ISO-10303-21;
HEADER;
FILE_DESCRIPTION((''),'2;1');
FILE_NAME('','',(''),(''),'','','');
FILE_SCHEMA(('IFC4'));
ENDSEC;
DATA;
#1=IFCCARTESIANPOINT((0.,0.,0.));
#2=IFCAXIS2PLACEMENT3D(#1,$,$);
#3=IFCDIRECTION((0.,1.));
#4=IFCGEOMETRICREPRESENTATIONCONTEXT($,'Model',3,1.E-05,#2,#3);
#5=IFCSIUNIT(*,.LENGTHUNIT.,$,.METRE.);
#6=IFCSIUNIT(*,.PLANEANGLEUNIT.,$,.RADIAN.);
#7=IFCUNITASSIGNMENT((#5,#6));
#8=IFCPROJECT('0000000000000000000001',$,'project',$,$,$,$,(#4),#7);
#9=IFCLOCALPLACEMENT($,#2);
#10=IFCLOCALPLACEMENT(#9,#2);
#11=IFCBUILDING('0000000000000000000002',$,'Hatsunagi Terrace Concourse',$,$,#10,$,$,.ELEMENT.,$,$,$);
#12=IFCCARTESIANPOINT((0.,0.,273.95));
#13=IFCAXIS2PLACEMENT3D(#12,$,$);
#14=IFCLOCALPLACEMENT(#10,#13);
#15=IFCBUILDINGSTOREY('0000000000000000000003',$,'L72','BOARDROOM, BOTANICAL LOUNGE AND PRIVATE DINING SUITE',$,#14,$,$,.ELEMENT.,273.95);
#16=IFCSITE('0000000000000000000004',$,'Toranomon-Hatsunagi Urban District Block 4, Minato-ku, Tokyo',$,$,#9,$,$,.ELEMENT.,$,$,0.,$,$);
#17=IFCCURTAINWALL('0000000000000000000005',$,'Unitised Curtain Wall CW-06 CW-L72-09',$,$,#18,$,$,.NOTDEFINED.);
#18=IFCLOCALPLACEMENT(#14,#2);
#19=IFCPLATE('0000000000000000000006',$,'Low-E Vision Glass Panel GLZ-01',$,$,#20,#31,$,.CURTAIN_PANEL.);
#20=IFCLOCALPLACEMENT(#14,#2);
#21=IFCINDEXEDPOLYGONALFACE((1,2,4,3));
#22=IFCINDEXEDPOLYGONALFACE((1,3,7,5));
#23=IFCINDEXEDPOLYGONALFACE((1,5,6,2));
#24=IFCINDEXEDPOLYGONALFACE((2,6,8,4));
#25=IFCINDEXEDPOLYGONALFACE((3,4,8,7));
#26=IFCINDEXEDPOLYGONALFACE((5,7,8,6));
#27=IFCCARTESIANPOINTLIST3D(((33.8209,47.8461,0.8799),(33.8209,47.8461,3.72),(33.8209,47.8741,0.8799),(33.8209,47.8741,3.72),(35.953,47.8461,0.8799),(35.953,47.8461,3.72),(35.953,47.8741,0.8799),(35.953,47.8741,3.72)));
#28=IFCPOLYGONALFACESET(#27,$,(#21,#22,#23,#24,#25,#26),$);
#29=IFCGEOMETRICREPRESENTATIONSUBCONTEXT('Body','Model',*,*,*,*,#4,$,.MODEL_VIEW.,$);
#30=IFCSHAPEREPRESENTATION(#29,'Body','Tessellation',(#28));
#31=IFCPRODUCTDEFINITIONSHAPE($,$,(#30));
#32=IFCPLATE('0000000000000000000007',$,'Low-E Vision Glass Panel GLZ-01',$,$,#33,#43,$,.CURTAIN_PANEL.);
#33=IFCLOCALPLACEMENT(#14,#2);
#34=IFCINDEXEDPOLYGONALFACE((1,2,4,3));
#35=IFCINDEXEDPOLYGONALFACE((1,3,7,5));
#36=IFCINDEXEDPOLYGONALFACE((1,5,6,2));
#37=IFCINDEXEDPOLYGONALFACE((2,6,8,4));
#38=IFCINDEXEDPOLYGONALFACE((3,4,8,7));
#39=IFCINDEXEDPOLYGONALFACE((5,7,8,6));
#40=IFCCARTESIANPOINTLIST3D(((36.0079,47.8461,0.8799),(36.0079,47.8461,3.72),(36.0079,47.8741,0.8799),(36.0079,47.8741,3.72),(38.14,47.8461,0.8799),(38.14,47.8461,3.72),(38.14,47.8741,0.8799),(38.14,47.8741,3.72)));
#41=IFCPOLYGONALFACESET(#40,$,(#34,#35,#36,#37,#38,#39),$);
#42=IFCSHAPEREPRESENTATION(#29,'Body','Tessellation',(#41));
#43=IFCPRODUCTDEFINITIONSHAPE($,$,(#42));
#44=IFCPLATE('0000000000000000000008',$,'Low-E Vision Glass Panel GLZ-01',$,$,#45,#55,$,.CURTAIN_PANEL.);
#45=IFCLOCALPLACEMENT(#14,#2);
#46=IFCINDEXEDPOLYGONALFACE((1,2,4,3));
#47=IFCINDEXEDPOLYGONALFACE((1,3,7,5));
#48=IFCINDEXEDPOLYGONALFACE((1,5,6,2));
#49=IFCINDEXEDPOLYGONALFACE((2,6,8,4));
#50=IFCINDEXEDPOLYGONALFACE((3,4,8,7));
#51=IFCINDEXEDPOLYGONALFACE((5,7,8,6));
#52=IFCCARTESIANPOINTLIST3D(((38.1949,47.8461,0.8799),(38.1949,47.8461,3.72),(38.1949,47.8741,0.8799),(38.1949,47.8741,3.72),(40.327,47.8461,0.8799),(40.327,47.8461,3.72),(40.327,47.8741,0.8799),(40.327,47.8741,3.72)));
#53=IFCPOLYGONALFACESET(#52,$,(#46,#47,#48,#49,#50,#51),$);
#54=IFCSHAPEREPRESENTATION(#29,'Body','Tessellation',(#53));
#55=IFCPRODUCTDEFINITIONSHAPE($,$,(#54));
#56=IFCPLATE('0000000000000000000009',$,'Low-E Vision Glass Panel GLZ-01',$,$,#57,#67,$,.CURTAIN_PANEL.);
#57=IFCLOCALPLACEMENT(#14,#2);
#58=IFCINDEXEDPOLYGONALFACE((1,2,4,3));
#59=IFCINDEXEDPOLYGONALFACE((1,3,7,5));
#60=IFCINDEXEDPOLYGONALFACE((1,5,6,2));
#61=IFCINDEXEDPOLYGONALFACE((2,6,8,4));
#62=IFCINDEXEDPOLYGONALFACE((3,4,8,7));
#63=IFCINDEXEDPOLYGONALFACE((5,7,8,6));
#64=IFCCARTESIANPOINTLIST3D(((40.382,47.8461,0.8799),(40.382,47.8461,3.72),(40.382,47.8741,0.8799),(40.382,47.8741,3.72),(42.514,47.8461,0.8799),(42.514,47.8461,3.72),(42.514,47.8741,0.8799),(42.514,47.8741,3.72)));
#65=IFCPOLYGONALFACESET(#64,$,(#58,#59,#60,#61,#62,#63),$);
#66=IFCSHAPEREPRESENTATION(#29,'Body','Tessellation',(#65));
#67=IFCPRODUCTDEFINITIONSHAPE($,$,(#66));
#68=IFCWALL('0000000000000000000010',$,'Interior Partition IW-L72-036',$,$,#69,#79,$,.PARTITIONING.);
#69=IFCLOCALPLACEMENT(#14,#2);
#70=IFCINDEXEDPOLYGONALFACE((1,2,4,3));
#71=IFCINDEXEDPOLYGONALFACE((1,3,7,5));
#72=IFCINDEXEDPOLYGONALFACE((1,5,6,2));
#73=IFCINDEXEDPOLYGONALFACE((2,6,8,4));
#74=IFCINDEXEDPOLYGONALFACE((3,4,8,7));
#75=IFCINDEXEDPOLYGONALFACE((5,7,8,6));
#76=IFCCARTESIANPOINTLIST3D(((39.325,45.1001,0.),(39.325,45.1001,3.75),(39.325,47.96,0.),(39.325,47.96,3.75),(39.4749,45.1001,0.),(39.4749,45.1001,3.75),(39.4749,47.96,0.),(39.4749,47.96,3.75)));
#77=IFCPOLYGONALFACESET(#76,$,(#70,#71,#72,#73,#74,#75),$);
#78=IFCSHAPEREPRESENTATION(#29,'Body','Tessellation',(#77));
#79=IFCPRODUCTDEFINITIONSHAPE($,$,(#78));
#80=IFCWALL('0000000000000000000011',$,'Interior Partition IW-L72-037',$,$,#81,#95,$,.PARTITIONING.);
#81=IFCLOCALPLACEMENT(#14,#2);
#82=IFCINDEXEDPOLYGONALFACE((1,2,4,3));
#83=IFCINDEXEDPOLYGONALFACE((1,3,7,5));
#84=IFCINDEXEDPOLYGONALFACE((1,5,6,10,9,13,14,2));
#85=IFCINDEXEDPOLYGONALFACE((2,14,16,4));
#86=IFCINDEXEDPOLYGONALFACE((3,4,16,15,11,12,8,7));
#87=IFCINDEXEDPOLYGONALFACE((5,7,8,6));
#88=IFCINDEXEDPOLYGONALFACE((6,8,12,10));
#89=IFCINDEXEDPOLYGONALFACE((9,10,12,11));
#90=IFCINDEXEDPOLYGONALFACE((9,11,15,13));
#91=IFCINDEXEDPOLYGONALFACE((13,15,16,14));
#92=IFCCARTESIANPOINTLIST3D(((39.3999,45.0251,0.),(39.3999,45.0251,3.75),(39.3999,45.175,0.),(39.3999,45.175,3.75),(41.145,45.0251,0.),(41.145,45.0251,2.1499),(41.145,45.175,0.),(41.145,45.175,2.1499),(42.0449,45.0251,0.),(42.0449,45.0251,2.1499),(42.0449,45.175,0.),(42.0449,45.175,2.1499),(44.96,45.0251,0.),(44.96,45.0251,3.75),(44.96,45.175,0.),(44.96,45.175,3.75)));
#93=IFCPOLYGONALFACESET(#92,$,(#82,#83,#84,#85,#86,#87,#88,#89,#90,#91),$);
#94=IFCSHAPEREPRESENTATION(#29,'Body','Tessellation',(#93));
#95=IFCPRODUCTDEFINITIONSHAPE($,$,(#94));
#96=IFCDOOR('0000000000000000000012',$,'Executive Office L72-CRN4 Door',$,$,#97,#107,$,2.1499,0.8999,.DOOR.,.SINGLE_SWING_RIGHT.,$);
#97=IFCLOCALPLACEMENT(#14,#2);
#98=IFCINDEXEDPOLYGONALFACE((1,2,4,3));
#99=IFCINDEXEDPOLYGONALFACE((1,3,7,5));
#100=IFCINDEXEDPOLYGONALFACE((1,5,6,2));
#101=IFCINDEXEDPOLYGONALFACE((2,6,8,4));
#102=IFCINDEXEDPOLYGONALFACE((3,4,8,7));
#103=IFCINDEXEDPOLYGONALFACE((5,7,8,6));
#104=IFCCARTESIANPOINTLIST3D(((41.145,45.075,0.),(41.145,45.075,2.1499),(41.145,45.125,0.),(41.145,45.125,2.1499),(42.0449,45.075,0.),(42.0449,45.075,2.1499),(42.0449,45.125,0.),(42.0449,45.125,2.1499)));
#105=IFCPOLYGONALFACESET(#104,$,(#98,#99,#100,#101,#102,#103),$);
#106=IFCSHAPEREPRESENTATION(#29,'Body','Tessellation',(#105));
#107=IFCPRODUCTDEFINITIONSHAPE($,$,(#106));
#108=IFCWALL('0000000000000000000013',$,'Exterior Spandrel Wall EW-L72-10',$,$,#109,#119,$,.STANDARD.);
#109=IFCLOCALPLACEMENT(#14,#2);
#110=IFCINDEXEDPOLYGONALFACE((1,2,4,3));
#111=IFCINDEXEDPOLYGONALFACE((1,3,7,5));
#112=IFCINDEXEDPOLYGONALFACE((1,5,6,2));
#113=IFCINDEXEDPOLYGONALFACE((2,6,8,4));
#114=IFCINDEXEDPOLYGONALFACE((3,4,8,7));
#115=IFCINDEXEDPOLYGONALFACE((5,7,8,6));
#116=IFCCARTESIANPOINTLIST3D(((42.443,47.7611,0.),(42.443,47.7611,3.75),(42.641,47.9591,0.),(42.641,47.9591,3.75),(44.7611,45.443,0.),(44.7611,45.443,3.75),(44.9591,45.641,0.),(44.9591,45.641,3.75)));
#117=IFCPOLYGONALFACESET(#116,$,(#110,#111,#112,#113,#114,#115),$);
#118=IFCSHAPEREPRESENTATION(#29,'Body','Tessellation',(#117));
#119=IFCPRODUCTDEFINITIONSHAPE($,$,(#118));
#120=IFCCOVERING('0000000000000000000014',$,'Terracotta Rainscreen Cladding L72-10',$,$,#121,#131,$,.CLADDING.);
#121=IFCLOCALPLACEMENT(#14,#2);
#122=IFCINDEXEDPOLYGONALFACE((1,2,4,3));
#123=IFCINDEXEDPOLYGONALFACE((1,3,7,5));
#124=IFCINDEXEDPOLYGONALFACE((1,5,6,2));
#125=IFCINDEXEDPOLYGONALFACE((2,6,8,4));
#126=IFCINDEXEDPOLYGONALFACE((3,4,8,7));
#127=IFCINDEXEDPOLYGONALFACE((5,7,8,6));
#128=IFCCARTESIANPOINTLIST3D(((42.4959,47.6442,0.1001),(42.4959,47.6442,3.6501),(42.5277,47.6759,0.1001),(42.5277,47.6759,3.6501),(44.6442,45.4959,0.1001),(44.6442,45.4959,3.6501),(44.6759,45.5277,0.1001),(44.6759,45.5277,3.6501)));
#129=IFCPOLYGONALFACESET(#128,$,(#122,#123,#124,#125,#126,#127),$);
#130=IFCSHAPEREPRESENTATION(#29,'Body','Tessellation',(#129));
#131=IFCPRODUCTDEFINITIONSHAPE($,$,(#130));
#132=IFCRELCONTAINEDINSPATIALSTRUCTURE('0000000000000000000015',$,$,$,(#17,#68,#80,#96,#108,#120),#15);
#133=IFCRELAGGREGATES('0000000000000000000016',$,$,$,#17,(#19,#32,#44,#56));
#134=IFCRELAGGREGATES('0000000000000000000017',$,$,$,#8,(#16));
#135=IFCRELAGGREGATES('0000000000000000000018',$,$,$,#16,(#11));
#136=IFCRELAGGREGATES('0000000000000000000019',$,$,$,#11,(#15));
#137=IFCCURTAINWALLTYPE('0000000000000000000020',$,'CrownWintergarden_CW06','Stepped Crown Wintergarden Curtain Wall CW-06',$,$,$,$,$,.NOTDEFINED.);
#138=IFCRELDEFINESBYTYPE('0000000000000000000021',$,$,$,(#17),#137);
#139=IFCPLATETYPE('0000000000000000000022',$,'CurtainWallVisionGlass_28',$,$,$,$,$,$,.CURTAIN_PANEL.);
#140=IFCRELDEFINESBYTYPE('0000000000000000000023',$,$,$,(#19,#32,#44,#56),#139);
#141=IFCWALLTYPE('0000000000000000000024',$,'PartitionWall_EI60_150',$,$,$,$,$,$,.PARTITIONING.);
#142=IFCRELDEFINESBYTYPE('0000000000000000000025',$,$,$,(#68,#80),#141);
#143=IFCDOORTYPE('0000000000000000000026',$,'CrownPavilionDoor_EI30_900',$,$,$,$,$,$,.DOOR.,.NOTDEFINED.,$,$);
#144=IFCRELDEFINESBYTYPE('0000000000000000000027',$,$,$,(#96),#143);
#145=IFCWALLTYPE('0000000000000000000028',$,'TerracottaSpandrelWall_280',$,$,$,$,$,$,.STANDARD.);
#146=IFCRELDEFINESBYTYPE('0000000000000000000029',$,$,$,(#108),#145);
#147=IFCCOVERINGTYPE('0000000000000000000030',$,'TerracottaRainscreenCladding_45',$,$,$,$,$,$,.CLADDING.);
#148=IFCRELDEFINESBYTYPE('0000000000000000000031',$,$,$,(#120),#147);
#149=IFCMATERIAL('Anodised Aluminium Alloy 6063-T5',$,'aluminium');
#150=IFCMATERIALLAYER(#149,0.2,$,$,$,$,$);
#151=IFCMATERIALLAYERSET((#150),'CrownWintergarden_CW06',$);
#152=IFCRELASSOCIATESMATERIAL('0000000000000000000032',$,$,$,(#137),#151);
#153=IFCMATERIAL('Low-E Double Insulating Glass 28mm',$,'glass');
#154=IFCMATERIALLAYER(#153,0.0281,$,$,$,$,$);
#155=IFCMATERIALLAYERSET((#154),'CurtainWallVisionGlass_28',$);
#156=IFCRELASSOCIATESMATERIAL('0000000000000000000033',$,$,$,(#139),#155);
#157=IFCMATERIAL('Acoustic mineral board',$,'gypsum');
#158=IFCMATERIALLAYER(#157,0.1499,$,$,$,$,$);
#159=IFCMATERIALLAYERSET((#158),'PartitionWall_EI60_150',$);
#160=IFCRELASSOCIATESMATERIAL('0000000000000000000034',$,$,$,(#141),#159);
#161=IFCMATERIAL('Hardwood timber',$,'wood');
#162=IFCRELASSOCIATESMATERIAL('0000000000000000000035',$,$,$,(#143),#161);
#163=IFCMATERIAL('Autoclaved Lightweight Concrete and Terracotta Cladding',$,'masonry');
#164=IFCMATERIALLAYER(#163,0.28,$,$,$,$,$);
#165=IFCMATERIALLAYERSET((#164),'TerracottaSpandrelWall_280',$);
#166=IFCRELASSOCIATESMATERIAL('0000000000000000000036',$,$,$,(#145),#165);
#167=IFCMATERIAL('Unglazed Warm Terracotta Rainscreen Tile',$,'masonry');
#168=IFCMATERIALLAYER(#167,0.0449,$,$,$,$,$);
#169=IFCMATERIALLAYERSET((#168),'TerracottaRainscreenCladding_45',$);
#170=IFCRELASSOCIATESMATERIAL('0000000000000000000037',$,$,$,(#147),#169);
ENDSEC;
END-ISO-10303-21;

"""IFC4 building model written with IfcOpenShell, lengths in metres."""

from ifc_helpers import new_model, si_unit, direction, frame, frame_2d, origin, origin_2d, place, context, subcontext, project, spatial, rectangle, extrude, material, layer, layer_set, type_object, element, fill, aggregate, save


model = new_model("IFC4")

# Units and contexts
model_context = context("Model", 3, precision=1e-05, world=origin(), true_north=direction((0.0, 1.0)))
body_context = subcontext(model_context, "Body", "Model", "MODEL_VIEW")
ifc_project = project(units=[si_unit("LENGTHUNIT", "METRE"), si_unit("PLANEANGLEUNIT", "RADIAN")], contexts=[model_context])

# Site, building, storey
site_placement = place(None, origin())
site = spatial("IfcSite", under=ifc_project, at=site_placement, Name="Toranomon-Hatsunagi Urban District Block 4, Minato-ku, Tokyo", CompositionType="ELEMENT", RefElevation=0.0)
building_placement = place(site_placement, origin())
building = spatial("IfcBuilding", under=site, at=building_placement, Name="Hatsunagi Terrace Concourse", CompositionType="ELEMENT")
storey_placement = place(building_placement, frame((0.0, 0.0, 273.95)))
storey = spatial("IfcBuildingStorey", under=building, at=storey_placement, Name="L72", Description="BOARDROOM, BOTANICAL LOUNGE AND PRIVATE DINING SUITE", CompositionType="ELEMENT", Elevation=273.95)

# Curtain wall
ifc_material_1 = material(Name="Anodised Aluminium Alloy 6063-T5", Category="aluminium")
ifc_layer_1 = layer(ifc_material_1, 0.2)
ifc_layer_set_1 = layer_set([ifc_layer_1], Name="CrownWintergarden_CW06")
curtain_wall_type = type_object("IfcCurtainWallType", Name="CrownWintergarden_CW06", Description="Stepped Crown Wintergarden Curtain Wall CW-06", PredefinedType="NOTDEFINED", material=ifc_layer_set_1)
curtain_wall_placement = place(storey_placement, origin())
curtain_wall = element("IfcCurtainWall", 1, at=curtain_wall_placement, inside=storey, type_object=curtain_wall_type, Name="Unitised Curtain Wall CW-06 CW-L72-09", PredefinedType="NOTDEFINED")

# Plates
ifc_material_2 = material(Name="Low-E Double Insulating Glass 28mm", Category="glass")
ifc_layer_2 = layer(ifc_material_2, 0.0281)
ifc_layer_set_2 = layer_set([ifc_layer_2], Name="CurtainWallVisionGlass_28")
plate_type_1 = type_object("IfcPlateType", Name="CurtainWallVisionGlass_28", PredefinedType="CURTAIN_PANEL", material=ifc_layer_set_2)
plate_1_placement = place(storey_placement, frame((34.887, 47.8601, 0.8799), z_axis=(0.0, 0.0, 1.0), x_axis=(1.0, 0.0, 0.0)))
plate_1 = element("IfcPlate", 2, at=plate_1_placement, type_object=plate_type_1, Name="Low-E Vision Glass Panel GLZ-01", PredefinedType="CURTAIN_PANEL", context=body_context, shape_type="SweptSolid", body=[
    extrude(rectangle(XDim=2.1321, YDim=0.0281, at=origin_2d()), origin(), (0.0, 0.0, 1.0), 2.8401),
])
plate_2_placement = place(storey_placement, frame((37.074, 47.8601, 0.8799), z_axis=(0.0, 0.0, 1.0), x_axis=(1.0, 0.0, 0.0)))
plate_2 = element("IfcPlate", 3, at=plate_2_placement, type_object=plate_type_1, Name="Low-E Vision Glass Panel GLZ-01", PredefinedType="CURTAIN_PANEL", context=body_context, shape_type="SweptSolid", body=[
    extrude(rectangle(XDim=2.1321, YDim=0.0281, at=origin_2d()), origin(), (0.0, 0.0, 1.0), 2.8401),
])
plate_3_placement = place(storey_placement, frame((39.261, 47.8601, 0.8799), z_axis=(0.0, 0.0, 1.0), x_axis=(1.0, 0.0, 0.0)))
plate_3 = element("IfcPlate", 4, at=plate_3_placement, type_object=plate_type_1, Name="Low-E Vision Glass Panel GLZ-01", PredefinedType="CURTAIN_PANEL", context=body_context, shape_type="SweptSolid", body=[
    extrude(rectangle(XDim=2.1321, YDim=0.0281, at=origin_2d()), origin(), (0.0, 0.0, 1.0), 2.8401),
])
plate_4_placement = place(storey_placement, frame((41.448, 47.8601, 0.8799), z_axis=(0.0, 0.0, 1.0), x_axis=(1.0, 0.0, 0.0)))
plate_4 = element("IfcPlate", 5, at=plate_4_placement, type_object=plate_type_1, Name="Low-E Vision Glass Panel GLZ-01", PredefinedType="CURTAIN_PANEL", context=body_context, shape_type="SweptSolid", body=[
    extrude(rectangle(XDim=2.1321, YDim=0.0281, at=origin_2d()), origin(), (0.0, 0.0, 1.0), 2.8401),
])
aggregate(curtain_wall, [plate_1, plate_2, plate_3, plate_4])

# Wall
ifc_material_3 = material(Name="Acoustic mineral board", Category="gypsum")
ifc_layer_3 = layer(ifc_material_3, 0.1499)
ifc_layer_set_3 = layer_set([ifc_layer_3], Name="PartitionWall_EI60_150")
wall_type_1 = type_object("IfcWallType", Name="PartitionWall_EI60_150", PredefinedType="PARTITIONING", material=ifc_layer_set_3)
wall_1_placement = place(storey_placement, frame((39.3999, 45.1001, 0.0), z_axis=(0.0, 0.0, 1.0), x_axis=(0.0, 1.0, 0.0)))
element("IfcWall", 6, at=wall_1_placement, inside=storey, type_object=wall_type_1, Name="Interior Partition IW-L72-036", PredefinedType="PARTITIONING", context=body_context, shape_type="SweptSolid", body=[
    extrude(rectangle(XDim=2.8599, YDim=0.1499, at=frame_2d((1.4299, 0.0))), origin(), (0.0, 0.0, 1.0), 3.75),
])

# Wall, opening, door
wall_2_placement = place(storey_placement, frame((39.3999, 45.1001, 0.0), z_axis=(0.0, 0.0, 1.0), x_axis=(1.0, 0.0, 0.0)))
wall_2 = element("IfcWall", 7, at=wall_2_placement, inside=storey, type_object=wall_type_1, Name="Interior Partition IW-L72-037", PredefinedType="PARTITIONING", context=body_context, shape_type="SweptSolid", body=[
    extrude(rectangle(XDim=5.5601, YDim=0.1499, at=frame_2d((2.78, 0.0))), origin(), (0.0, 0.0, 1.0), 3.75),
])
opening_placement = place(wall_2_placement, frame((1.7451, 0.0, 0.0)))
opening = element("IfcOpeningElement", 8, at=opening_placement, cuts=wall_2, PredefinedType="OPENING", context=body_context, shape_type="SweptSolid", body=[
    extrude(rectangle(XDim=0.8999, YDim=2.1499, at=frame_2d((0.45, 1.075))), frame((0.0, 0.085, 0.0), z_axis=(0.0, -1.0, 0.0), x_axis=(1.0, 0.0, 0.0)), (0.0, 0.0, 1.0), 0.1699),
])
ifc_material_4 = material(Name="Hardwood timber", Category="wood")
door_type = type_object("IfcDoorType", Name="CrownPavilionDoor_EI30_900", OperationType="NOTDEFINED", PredefinedType="DOOR", material=ifc_material_4)
door_placement = place(opening_placement, origin())
door = element("IfcDoor", 9, at=door_placement, inside=storey, type_object=door_type, Name="Executive Office L72-CRN4 Door", OperationType="SINGLE_SWING_RIGHT", OverallHeight=2.1499, OverallWidth=0.8999, PredefinedType="DOOR", context=body_context, shape_type="SweptSolid", body=[
    extrude(rectangle(XDim=0.8999, YDim=2.1499, at=frame_2d((0.45, 1.075))), frame((0.0, 0.0249, 0.0), z_axis=(0.0, -1.0, 0.0), x_axis=(1.0, 0.0, 0.0)), (0.0, 0.0, 1.0), 0.05),
])
fill(opening, door)

# Wall
ifc_material_5 = material(Name="Autoclaved Lightweight Concrete and Terracotta Cladding", Category="masonry")
ifc_layer_4 = layer(ifc_material_5, 0.28)
ifc_layer_set_4 = layer_set([ifc_layer_4], Name="TerracottaSpandrelWall_280")
wall_type_2 = type_object("IfcWallType", Name="TerracottaSpandrelWall_280", PredefinedType="STANDARD", material=ifc_layer_set_4)
wall_3_placement = place(storey_placement, frame((42.542, 47.8601, 0.0), z_axis=(0.0, 0.0, 1.0), x_axis=(0.707107, -0.707107, 0.0)))
element("IfcWall", 10, at=wall_3_placement, inside=storey, type_object=wall_type_2, Name="Exterior Spandrel Wall EW-L72-10", PredefinedType="STANDARD", context=body_context, shape_type="SweptSolid", body=[
    extrude(rectangle(XDim=3.2783, YDim=0.28, at=frame_2d((1.6392, 0.0))), origin(), (0.0, 0.0, 1.0), 3.75),
])

# Covering
ifc_material_6 = material(Name="Unglazed Warm Terracotta Rainscreen Tile", Category="masonry")
ifc_layer_5 = layer(ifc_material_6, 0.0449)
ifc_layer_set_5 = layer_set([ifc_layer_5], Name="TerracottaRainscreenCladding_45")
covering_type = type_object("IfcCoveringType", Name="TerracottaRainscreenCladding_45", PredefinedType="CLADDING", material=ifc_layer_set_5)
covering_placement = place(storey_placement, frame((43.5859, 46.5859, 0.1001), z_axis=(0.0, 0.0, 1.0), x_axis=(0.707107, -0.707107, 0.0)))
element("IfcCovering", 11, at=covering_placement, inside=storey, type_object=covering_type, Name="Terracotta Rainscreen Cladding L72-10", PredefinedType="CLADDING", context=body_context, shape_type="SweptSolid", body=[
    extrude(rectangle(XDim=3.0381, YDim=0.0449, at=origin_2d()), origin(), (0.0, 0.0, 1.0), 3.55),
])

save(model, "model.ifc")
